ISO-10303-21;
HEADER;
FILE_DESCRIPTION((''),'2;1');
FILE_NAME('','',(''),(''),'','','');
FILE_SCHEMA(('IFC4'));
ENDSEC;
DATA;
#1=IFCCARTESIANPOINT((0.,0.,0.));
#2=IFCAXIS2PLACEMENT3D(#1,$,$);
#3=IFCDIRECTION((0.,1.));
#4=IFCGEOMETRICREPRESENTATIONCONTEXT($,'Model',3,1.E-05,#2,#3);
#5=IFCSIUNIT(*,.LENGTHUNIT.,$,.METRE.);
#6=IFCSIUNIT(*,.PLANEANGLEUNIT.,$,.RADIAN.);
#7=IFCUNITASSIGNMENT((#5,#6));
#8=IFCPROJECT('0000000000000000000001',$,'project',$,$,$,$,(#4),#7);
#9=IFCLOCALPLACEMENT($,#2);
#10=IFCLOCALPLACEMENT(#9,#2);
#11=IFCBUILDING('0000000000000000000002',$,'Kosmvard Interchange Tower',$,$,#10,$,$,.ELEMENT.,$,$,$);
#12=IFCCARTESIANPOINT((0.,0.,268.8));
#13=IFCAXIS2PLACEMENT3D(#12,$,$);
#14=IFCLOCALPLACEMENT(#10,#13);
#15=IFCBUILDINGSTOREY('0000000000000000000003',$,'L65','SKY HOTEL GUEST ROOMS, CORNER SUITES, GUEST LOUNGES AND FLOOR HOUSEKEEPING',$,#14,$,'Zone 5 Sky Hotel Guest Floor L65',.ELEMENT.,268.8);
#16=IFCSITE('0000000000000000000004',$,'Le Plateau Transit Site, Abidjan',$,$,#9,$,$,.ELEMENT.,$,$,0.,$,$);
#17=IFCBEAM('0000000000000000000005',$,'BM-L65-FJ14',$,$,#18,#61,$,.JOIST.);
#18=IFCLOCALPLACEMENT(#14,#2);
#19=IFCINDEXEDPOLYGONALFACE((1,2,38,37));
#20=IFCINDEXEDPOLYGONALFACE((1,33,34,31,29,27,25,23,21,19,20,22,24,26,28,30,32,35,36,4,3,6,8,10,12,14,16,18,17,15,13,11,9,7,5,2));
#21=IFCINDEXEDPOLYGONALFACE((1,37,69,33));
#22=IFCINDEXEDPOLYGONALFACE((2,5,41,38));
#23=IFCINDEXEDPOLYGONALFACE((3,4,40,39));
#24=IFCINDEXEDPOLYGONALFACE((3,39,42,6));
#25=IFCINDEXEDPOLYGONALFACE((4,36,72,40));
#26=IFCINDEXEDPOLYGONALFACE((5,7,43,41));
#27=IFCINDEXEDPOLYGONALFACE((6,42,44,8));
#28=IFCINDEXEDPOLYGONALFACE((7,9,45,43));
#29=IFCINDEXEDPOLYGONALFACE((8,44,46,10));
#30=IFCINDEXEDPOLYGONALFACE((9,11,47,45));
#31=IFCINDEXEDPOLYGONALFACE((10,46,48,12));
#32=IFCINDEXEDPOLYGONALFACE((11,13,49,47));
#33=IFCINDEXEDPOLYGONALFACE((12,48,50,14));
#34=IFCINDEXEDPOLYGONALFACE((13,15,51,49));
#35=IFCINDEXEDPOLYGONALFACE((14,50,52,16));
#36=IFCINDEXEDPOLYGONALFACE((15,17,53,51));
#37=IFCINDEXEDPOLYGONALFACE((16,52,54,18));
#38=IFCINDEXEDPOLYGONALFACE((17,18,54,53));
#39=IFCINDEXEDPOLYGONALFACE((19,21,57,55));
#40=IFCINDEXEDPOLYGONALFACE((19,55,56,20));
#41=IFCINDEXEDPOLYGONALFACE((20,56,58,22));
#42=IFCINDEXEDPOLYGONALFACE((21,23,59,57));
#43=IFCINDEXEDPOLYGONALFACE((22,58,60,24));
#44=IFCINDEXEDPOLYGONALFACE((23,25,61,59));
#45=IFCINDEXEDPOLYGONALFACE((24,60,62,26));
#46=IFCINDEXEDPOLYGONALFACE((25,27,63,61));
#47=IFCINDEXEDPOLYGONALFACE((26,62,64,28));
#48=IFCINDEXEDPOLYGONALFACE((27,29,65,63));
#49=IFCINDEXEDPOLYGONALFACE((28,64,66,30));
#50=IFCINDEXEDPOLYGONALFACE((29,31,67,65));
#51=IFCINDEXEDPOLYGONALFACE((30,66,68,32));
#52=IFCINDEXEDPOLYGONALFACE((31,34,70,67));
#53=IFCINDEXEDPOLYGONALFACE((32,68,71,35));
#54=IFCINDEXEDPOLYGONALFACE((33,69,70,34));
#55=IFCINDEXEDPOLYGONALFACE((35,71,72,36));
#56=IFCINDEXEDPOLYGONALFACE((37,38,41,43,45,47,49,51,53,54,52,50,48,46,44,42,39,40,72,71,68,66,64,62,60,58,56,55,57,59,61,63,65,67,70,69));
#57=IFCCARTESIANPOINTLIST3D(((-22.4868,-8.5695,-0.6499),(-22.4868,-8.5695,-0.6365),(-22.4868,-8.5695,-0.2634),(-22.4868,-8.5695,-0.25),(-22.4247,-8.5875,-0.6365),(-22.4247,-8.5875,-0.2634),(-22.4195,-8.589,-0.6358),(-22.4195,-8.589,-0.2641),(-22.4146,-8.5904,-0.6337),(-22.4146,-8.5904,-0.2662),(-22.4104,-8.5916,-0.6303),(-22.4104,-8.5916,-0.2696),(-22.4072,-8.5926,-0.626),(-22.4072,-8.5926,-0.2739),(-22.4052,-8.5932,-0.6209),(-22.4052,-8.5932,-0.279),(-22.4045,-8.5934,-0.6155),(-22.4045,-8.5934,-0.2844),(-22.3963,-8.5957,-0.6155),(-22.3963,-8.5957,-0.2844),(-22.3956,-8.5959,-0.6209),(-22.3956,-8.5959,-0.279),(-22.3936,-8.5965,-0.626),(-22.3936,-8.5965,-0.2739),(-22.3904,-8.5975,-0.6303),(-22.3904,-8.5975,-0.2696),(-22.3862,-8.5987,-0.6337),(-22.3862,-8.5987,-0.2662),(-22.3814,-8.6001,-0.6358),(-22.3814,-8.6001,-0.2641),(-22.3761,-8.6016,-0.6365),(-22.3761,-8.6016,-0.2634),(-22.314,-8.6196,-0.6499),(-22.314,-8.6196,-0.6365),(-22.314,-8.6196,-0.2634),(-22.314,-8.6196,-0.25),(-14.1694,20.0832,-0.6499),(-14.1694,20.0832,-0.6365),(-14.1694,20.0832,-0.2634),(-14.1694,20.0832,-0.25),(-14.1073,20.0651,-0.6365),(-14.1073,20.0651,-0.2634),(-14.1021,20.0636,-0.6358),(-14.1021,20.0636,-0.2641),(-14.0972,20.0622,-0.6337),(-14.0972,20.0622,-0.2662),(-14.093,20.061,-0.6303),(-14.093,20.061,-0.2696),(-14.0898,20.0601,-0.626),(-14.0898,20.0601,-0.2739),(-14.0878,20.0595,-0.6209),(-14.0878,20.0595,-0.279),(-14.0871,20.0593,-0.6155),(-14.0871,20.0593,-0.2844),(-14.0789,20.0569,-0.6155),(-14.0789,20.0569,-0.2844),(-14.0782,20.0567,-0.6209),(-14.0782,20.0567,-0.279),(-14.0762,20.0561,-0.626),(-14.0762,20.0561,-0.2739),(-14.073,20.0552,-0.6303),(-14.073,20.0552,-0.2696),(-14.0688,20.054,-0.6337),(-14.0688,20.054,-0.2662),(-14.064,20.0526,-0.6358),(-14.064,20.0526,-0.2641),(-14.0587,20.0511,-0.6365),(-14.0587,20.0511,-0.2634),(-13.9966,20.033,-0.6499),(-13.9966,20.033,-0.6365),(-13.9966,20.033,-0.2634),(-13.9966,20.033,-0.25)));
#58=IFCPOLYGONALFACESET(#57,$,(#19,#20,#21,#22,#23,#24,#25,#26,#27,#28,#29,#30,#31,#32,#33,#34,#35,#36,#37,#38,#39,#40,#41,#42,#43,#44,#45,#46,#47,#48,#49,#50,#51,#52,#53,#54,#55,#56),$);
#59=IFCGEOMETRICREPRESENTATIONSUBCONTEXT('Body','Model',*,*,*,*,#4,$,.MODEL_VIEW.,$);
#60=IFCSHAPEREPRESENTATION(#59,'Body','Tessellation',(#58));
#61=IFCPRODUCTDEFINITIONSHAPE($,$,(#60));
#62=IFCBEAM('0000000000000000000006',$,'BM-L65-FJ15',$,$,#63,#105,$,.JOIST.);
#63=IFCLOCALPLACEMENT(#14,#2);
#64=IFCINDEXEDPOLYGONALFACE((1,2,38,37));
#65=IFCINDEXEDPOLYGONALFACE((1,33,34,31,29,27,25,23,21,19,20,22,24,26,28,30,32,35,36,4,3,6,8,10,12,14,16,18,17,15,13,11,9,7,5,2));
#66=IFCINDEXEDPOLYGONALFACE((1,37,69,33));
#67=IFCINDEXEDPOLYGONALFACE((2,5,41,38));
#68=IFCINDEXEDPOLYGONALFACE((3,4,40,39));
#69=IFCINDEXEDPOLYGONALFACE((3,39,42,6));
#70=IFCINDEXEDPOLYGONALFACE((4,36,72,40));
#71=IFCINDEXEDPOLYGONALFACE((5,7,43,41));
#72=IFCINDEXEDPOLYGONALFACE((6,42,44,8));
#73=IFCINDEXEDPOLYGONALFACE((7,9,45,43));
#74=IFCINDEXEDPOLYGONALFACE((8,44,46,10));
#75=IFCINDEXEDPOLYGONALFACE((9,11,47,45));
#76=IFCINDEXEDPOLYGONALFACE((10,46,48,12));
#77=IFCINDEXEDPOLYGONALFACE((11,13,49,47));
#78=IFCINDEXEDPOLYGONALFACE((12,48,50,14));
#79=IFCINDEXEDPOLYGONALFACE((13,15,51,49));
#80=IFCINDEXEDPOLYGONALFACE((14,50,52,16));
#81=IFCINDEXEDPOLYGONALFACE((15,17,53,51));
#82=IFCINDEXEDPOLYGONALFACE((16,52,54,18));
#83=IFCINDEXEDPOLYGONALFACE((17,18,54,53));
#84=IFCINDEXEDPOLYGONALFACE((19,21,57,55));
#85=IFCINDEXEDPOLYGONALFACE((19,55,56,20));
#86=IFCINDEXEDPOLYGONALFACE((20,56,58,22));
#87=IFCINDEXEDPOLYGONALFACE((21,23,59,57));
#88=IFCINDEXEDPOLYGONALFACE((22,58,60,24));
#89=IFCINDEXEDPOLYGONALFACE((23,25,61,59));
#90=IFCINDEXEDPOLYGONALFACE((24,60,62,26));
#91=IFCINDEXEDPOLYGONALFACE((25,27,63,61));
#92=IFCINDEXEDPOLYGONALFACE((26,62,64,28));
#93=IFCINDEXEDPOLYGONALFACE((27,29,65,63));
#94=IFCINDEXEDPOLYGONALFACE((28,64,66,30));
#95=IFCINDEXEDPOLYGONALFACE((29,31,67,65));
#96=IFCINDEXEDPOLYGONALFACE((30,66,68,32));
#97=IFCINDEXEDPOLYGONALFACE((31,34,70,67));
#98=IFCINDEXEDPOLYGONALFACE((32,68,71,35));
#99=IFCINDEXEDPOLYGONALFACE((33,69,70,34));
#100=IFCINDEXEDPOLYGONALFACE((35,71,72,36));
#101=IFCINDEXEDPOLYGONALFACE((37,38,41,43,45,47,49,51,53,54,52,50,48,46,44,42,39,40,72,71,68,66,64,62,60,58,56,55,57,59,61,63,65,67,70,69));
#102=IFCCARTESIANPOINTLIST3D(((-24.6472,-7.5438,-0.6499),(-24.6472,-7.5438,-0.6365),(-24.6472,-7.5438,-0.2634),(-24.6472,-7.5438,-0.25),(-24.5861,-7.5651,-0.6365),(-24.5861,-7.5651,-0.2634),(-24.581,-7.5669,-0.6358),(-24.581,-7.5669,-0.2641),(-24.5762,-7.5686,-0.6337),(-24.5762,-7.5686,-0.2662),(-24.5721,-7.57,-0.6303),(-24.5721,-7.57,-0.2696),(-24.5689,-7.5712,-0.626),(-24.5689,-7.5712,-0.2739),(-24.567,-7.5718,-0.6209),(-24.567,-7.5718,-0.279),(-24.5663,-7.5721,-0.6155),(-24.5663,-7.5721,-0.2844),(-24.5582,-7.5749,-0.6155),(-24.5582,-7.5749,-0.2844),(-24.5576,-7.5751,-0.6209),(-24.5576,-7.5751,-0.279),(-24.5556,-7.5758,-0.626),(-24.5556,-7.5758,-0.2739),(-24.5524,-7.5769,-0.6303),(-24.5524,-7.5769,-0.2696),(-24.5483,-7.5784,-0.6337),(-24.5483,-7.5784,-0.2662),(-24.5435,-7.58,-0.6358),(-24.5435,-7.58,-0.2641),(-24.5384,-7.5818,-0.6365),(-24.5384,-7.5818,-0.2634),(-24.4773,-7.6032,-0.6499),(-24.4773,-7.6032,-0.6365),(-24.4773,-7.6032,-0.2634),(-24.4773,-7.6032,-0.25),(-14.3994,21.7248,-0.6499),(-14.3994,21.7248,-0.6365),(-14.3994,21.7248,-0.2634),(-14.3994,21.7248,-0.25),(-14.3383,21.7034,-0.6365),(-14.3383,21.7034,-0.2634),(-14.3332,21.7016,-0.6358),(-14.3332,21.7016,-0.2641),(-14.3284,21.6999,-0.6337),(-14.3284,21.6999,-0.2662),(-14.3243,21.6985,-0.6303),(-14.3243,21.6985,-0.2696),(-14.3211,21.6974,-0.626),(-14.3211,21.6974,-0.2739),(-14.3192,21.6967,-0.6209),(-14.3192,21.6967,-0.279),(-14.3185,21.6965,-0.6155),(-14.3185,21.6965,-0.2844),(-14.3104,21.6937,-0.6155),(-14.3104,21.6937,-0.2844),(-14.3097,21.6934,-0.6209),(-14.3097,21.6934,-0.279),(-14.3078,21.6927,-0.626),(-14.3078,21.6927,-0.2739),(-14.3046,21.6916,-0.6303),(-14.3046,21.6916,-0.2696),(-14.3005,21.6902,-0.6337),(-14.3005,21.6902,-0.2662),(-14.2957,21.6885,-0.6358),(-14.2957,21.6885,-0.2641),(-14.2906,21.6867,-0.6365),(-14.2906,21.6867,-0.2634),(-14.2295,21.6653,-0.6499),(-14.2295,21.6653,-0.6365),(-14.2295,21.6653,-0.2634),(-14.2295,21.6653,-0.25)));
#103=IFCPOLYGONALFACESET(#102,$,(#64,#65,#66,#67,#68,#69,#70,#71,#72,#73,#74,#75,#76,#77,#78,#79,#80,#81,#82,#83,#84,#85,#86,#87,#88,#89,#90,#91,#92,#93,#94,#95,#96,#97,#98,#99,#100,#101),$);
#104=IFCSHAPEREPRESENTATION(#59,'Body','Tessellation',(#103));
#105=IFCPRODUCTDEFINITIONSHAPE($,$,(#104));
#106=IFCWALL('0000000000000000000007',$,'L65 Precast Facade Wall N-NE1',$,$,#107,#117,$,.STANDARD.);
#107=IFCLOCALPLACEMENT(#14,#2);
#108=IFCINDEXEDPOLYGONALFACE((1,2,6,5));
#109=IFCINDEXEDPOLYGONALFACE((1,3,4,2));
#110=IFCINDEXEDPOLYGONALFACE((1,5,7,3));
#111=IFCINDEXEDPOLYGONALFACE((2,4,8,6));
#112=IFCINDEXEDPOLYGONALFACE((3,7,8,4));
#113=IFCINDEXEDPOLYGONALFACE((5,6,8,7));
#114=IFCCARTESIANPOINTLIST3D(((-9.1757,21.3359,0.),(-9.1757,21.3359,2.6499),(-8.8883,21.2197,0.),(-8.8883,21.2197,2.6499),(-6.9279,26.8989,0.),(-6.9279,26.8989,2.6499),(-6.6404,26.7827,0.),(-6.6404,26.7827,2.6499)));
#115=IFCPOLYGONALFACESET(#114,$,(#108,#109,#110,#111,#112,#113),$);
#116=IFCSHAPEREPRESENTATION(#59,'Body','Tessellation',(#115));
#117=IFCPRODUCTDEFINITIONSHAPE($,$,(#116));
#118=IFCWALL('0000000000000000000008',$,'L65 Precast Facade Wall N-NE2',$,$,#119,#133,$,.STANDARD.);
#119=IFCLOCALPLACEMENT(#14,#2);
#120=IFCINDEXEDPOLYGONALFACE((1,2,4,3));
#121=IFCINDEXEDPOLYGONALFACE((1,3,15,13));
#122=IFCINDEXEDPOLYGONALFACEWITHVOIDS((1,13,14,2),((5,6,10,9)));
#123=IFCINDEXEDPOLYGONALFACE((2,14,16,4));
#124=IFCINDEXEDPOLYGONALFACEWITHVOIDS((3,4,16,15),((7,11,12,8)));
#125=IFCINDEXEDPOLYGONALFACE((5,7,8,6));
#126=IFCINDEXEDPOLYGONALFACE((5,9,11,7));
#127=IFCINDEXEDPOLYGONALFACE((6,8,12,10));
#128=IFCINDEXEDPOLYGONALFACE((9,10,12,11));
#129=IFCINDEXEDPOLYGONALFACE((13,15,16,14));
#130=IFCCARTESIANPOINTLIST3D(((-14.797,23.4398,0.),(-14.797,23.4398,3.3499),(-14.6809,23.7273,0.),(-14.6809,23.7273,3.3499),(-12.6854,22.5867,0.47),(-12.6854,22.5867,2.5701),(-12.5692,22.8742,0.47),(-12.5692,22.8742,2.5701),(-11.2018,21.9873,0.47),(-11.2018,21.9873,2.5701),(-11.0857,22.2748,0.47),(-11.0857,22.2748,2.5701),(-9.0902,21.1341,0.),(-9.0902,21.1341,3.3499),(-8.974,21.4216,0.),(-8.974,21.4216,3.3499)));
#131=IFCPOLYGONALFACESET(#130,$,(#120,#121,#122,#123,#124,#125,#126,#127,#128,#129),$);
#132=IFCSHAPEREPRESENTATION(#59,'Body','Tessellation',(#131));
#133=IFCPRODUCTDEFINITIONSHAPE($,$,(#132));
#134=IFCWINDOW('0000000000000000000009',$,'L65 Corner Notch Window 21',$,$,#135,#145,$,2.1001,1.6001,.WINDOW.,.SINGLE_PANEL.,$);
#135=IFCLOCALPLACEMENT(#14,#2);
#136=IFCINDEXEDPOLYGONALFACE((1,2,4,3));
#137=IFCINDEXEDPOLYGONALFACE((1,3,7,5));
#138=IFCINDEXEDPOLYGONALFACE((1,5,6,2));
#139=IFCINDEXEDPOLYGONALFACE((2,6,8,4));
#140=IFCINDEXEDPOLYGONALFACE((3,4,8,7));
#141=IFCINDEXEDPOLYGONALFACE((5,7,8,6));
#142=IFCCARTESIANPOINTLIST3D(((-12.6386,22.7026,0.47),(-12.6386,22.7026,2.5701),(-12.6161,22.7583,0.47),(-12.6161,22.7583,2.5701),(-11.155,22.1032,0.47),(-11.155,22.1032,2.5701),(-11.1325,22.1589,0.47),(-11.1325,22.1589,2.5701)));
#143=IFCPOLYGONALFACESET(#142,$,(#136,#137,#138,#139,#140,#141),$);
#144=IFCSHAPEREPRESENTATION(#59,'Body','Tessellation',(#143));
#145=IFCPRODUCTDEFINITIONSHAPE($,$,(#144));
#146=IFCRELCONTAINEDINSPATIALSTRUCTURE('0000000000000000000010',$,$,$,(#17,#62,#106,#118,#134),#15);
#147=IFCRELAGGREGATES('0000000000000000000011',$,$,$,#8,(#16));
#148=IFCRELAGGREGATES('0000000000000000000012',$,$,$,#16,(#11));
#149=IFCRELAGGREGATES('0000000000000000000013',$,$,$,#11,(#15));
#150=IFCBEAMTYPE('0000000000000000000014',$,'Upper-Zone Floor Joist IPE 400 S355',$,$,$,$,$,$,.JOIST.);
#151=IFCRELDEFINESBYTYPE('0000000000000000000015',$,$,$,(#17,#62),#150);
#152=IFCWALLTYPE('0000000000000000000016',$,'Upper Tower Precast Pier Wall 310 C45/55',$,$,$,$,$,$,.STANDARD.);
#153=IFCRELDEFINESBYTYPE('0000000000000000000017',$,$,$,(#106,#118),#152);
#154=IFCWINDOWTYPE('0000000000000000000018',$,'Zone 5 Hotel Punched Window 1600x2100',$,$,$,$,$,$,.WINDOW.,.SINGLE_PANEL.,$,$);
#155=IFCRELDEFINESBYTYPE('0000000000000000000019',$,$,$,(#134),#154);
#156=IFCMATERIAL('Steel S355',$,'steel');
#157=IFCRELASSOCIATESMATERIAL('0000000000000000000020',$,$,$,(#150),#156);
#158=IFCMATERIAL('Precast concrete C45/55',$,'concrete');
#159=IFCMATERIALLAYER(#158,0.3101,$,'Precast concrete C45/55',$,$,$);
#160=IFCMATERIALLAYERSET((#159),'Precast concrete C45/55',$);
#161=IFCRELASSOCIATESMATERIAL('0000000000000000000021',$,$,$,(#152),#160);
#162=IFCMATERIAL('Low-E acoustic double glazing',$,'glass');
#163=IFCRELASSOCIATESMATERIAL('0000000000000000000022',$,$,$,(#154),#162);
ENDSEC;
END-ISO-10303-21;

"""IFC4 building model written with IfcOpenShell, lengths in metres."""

from ifc_helpers import new_model, si_unit, direction, frame, frame_2d, origin, origin_2d, place, context, subcontext, project, spatial, rectangle, i_section, extrude, source, transform, mapped, material, layer, layer_set, material_profile, profile_set, type_object, element, fill, save


model = new_model("IFC4")

# Units and contexts
model_context = context("Model", 3, precision=1e-05, world=origin(), true_north=direction((0.0, 1.0)))
body_context = subcontext(model_context, "Body", "Model", "MODEL_VIEW")
ifc_project = project(units=[si_unit("LENGTHUNIT", "METRE"), si_unit("PLANEANGLEUNIT", "RADIAN")], contexts=[model_context])

# Site, building, storey
site_placement = place(None, origin())
site = spatial("IfcSite", under=ifc_project, at=site_placement, Name="Le Plateau Transit Site, Abidjan", CompositionType="ELEMENT", RefElevation=0.0)
building_placement = place(site_placement, origin())
building = spatial("IfcBuilding", under=site, at=building_placement, Name="Kosmvard Interchange Tower", CompositionType="ELEMENT")
storey_placement = place(building_placement, frame((0.0, 0.0, 268.8)))
storey = spatial("IfcBuildingStorey", under=building, at=storey_placement, Name="L65", Description="SKY HOTEL GUEST ROOMS, CORNER SUITES, GUEST LOUNGES AND FLOOR HOUSEKEEPING", LongName="Zone 5 Sky Hotel Guest Floor L65", CompositionType="ELEMENT", Elevation=268.8)

# Beams
ifc_material_1 = material(Name="Steel S355", Category="steel")
ifc_material_2 = material(Name="Precast concrete C45/55", Category="concrete")
ifc_material_profile_1 = material_profile(ifc_material_1, i_section(OverallWidth=0.1799, OverallDepth=0.3999, WebThickness=0.0085, FlangeThickness=0.0134, FilletRadius=0.021, at=origin_2d()), Name="IPE 400")
ifc_profile_set_1 = profile_set([ifc_material_profile_1], Name="Steel S355")
beam_type_1 = type_object("IfcBeamType", Name="Upper-Zone Floor Joist IPE 400 S355", PredefinedType="JOIST", material=ifc_profile_set_1)
shared_shape_1 = source(origin(), body_context, "Body", "SweptSolid", [
    extrude(i_section(OverallWidth=0.1799, OverallDepth=0.3999, WebThickness=0.0085, FlangeThickness=0.0134, FilletRadius=0.021, at=origin_2d()), origin(), (0.0, 0.0, 1.0), 29.8354),
])
beam_1_placement = place(storey_placement, frame((-14.083, 20.0581, -0.45), z_axis=(-0.278776, -0.960356, 0.0), x_axis=(0.960356, -0.278776, 0.0)))
element("IfcBeam", 1, at=beam_1_placement, inside=storey, type_object=beam_type_1, Name="BM-L65-FJ14", PredefinedType="JOIST", context=body_context, shape_type="MappedRepresentation", body=[
    mapped(shared_shape_1, transform((0.0, 0.0, 0.0), scale=1.0)),
])
shared_shape_2 = source(origin(), body_context, "Body", "SweptSolid", [
    extrude(i_section(OverallWidth=0.1799, OverallDepth=0.3999, WebThickness=0.0085, FlangeThickness=0.0134, FilletRadius=0.021, at=origin_2d()), origin(), (0.0, 0.0, 1.0), 31.0107),
])
beam_2_placement = place(storey_placement, frame((-14.3145, 21.6951, -0.45), z_axis=(-0.33046, -0.94382, 0.0), x_axis=(0.94382, -0.33046, 0.0)))
element("IfcBeam", 2, at=beam_2_placement, inside=storey, type_object=beam_type_1, Name="BM-L65-FJ15", PredefinedType="JOIST", context=body_context, shape_type="MappedRepresentation", body=[
    mapped(shared_shape_2, transform((0.0, 0.0, 0.0), scale=1.0)),
])

# Wall
ifc_layer_1 = layer(ifc_material_2, 0.3101, Name="Precast concrete C45/55")
ifc_layer_set_1 = layer_set([ifc_layer_1], Name="Precast concrete C45/55")
wall_type_1 = type_object("IfcWallType", Name="Upper Tower Precast Pier Wall 310 C45/55", PredefinedType="STANDARD", material=ifc_layer_set_1)
wall_1_placement = place(storey_placement, frame((-6.7842, 26.8408, 0.0), z_axis=(0.0, 0.0, 1.0), x_axis=(-0.374637, -0.927172, 0.0)))
element("IfcWall", 3, at=wall_1_placement, inside=storey, type_object=wall_type_1, Name="L65 Precast Facade Wall N-NE1", PredefinedType="STANDARD", context=body_context, shape_type="SweptSolid", body=[
    extrude(rectangle(XDim=6.0, YDim=0.3101, at=frame_2d((3.0, 0.0))), origin(), (0.0, 0.0, 1.0), 2.6499),
])

# Wall, opening, window
wall_2_placement = place(storey_placement, frame((-9.032, 21.2778, 0.0), z_axis=(0.0, 0.0, 1.0), x_axis=(-0.927185, 0.374603, 0.0)))
wall_2 = element("IfcWall", 4, at=wall_2_placement, inside=storey, type_object=wall_type_1, Name="L65 Precast Facade Wall N-NE2", PredefinedType="STANDARD", context=body_context, shape_type="SweptSolid", body=[
    extrude(rectangle(XDim=6.155, YDim=0.3101, at=frame_2d((3.0776, 0.0))), origin(), (0.0, 0.0, 1.0), 3.3499),
])
opening_1_placement = place(wall_2_placement, frame((2.2776, 0.0, 0.47)))
opening_1 = element("IfcOpeningElement", 5, at=opening_1_placement, cuts=wall_2, PredefinedType="OPENING", context=body_context, shape_type="SweptSolid", body=[
    extrude(rectangle(XDim=1.6001, YDim=2.1001, at=frame_2d((0.8, 1.05))), frame((0.0, 0.165, 0.0), z_axis=(0.0, -1.0, 0.0), x_axis=(1.0, 0.0, 0.0)), (0.0, 0.0, 1.0), 0.3301),
])
ifc_material_3 = material(Name="Low-E acoustic double glazing", Category="glass")
window_type = type_object("IfcWindowType", Name="Zone 5 Hotel Punched Window 1600x2100", PartitioningType="SINGLE_PANEL", PredefinedType="WINDOW", material=ifc_material_3)
shared_shape_3 = source(origin(), body_context, "Body", "SweptSolid", [
    extrude(rectangle(XDim=1.6001, YDim=2.1001, at=frame_2d((0.8, 1.05))), frame((0.0, 0.03, 0.0), z_axis=(0.0, -1.0, 0.0), x_axis=(1.0, 0.0, 0.0)), (0.0, 0.0, 1.0), 0.0601),
])
window_1_placement = place(opening_1_placement, origin())
window_1 = element("IfcWindow", 6, at=window_1_placement, inside=storey, type_object=window_type, Name="L65 Corner Notch Window 21", OverallHeight=2.1001, OverallWidth=1.6001, PartitioningType="SINGLE_PANEL", PredefinedType="WINDOW", context=body_context, shape_type="MappedRepresentation", body=[
    mapped(shared_shape_3, transform((0.0, 0.0, 0.0), scale=1.0)),
])
fill(opening_1, window_1)

save(model, "model.ifc")
